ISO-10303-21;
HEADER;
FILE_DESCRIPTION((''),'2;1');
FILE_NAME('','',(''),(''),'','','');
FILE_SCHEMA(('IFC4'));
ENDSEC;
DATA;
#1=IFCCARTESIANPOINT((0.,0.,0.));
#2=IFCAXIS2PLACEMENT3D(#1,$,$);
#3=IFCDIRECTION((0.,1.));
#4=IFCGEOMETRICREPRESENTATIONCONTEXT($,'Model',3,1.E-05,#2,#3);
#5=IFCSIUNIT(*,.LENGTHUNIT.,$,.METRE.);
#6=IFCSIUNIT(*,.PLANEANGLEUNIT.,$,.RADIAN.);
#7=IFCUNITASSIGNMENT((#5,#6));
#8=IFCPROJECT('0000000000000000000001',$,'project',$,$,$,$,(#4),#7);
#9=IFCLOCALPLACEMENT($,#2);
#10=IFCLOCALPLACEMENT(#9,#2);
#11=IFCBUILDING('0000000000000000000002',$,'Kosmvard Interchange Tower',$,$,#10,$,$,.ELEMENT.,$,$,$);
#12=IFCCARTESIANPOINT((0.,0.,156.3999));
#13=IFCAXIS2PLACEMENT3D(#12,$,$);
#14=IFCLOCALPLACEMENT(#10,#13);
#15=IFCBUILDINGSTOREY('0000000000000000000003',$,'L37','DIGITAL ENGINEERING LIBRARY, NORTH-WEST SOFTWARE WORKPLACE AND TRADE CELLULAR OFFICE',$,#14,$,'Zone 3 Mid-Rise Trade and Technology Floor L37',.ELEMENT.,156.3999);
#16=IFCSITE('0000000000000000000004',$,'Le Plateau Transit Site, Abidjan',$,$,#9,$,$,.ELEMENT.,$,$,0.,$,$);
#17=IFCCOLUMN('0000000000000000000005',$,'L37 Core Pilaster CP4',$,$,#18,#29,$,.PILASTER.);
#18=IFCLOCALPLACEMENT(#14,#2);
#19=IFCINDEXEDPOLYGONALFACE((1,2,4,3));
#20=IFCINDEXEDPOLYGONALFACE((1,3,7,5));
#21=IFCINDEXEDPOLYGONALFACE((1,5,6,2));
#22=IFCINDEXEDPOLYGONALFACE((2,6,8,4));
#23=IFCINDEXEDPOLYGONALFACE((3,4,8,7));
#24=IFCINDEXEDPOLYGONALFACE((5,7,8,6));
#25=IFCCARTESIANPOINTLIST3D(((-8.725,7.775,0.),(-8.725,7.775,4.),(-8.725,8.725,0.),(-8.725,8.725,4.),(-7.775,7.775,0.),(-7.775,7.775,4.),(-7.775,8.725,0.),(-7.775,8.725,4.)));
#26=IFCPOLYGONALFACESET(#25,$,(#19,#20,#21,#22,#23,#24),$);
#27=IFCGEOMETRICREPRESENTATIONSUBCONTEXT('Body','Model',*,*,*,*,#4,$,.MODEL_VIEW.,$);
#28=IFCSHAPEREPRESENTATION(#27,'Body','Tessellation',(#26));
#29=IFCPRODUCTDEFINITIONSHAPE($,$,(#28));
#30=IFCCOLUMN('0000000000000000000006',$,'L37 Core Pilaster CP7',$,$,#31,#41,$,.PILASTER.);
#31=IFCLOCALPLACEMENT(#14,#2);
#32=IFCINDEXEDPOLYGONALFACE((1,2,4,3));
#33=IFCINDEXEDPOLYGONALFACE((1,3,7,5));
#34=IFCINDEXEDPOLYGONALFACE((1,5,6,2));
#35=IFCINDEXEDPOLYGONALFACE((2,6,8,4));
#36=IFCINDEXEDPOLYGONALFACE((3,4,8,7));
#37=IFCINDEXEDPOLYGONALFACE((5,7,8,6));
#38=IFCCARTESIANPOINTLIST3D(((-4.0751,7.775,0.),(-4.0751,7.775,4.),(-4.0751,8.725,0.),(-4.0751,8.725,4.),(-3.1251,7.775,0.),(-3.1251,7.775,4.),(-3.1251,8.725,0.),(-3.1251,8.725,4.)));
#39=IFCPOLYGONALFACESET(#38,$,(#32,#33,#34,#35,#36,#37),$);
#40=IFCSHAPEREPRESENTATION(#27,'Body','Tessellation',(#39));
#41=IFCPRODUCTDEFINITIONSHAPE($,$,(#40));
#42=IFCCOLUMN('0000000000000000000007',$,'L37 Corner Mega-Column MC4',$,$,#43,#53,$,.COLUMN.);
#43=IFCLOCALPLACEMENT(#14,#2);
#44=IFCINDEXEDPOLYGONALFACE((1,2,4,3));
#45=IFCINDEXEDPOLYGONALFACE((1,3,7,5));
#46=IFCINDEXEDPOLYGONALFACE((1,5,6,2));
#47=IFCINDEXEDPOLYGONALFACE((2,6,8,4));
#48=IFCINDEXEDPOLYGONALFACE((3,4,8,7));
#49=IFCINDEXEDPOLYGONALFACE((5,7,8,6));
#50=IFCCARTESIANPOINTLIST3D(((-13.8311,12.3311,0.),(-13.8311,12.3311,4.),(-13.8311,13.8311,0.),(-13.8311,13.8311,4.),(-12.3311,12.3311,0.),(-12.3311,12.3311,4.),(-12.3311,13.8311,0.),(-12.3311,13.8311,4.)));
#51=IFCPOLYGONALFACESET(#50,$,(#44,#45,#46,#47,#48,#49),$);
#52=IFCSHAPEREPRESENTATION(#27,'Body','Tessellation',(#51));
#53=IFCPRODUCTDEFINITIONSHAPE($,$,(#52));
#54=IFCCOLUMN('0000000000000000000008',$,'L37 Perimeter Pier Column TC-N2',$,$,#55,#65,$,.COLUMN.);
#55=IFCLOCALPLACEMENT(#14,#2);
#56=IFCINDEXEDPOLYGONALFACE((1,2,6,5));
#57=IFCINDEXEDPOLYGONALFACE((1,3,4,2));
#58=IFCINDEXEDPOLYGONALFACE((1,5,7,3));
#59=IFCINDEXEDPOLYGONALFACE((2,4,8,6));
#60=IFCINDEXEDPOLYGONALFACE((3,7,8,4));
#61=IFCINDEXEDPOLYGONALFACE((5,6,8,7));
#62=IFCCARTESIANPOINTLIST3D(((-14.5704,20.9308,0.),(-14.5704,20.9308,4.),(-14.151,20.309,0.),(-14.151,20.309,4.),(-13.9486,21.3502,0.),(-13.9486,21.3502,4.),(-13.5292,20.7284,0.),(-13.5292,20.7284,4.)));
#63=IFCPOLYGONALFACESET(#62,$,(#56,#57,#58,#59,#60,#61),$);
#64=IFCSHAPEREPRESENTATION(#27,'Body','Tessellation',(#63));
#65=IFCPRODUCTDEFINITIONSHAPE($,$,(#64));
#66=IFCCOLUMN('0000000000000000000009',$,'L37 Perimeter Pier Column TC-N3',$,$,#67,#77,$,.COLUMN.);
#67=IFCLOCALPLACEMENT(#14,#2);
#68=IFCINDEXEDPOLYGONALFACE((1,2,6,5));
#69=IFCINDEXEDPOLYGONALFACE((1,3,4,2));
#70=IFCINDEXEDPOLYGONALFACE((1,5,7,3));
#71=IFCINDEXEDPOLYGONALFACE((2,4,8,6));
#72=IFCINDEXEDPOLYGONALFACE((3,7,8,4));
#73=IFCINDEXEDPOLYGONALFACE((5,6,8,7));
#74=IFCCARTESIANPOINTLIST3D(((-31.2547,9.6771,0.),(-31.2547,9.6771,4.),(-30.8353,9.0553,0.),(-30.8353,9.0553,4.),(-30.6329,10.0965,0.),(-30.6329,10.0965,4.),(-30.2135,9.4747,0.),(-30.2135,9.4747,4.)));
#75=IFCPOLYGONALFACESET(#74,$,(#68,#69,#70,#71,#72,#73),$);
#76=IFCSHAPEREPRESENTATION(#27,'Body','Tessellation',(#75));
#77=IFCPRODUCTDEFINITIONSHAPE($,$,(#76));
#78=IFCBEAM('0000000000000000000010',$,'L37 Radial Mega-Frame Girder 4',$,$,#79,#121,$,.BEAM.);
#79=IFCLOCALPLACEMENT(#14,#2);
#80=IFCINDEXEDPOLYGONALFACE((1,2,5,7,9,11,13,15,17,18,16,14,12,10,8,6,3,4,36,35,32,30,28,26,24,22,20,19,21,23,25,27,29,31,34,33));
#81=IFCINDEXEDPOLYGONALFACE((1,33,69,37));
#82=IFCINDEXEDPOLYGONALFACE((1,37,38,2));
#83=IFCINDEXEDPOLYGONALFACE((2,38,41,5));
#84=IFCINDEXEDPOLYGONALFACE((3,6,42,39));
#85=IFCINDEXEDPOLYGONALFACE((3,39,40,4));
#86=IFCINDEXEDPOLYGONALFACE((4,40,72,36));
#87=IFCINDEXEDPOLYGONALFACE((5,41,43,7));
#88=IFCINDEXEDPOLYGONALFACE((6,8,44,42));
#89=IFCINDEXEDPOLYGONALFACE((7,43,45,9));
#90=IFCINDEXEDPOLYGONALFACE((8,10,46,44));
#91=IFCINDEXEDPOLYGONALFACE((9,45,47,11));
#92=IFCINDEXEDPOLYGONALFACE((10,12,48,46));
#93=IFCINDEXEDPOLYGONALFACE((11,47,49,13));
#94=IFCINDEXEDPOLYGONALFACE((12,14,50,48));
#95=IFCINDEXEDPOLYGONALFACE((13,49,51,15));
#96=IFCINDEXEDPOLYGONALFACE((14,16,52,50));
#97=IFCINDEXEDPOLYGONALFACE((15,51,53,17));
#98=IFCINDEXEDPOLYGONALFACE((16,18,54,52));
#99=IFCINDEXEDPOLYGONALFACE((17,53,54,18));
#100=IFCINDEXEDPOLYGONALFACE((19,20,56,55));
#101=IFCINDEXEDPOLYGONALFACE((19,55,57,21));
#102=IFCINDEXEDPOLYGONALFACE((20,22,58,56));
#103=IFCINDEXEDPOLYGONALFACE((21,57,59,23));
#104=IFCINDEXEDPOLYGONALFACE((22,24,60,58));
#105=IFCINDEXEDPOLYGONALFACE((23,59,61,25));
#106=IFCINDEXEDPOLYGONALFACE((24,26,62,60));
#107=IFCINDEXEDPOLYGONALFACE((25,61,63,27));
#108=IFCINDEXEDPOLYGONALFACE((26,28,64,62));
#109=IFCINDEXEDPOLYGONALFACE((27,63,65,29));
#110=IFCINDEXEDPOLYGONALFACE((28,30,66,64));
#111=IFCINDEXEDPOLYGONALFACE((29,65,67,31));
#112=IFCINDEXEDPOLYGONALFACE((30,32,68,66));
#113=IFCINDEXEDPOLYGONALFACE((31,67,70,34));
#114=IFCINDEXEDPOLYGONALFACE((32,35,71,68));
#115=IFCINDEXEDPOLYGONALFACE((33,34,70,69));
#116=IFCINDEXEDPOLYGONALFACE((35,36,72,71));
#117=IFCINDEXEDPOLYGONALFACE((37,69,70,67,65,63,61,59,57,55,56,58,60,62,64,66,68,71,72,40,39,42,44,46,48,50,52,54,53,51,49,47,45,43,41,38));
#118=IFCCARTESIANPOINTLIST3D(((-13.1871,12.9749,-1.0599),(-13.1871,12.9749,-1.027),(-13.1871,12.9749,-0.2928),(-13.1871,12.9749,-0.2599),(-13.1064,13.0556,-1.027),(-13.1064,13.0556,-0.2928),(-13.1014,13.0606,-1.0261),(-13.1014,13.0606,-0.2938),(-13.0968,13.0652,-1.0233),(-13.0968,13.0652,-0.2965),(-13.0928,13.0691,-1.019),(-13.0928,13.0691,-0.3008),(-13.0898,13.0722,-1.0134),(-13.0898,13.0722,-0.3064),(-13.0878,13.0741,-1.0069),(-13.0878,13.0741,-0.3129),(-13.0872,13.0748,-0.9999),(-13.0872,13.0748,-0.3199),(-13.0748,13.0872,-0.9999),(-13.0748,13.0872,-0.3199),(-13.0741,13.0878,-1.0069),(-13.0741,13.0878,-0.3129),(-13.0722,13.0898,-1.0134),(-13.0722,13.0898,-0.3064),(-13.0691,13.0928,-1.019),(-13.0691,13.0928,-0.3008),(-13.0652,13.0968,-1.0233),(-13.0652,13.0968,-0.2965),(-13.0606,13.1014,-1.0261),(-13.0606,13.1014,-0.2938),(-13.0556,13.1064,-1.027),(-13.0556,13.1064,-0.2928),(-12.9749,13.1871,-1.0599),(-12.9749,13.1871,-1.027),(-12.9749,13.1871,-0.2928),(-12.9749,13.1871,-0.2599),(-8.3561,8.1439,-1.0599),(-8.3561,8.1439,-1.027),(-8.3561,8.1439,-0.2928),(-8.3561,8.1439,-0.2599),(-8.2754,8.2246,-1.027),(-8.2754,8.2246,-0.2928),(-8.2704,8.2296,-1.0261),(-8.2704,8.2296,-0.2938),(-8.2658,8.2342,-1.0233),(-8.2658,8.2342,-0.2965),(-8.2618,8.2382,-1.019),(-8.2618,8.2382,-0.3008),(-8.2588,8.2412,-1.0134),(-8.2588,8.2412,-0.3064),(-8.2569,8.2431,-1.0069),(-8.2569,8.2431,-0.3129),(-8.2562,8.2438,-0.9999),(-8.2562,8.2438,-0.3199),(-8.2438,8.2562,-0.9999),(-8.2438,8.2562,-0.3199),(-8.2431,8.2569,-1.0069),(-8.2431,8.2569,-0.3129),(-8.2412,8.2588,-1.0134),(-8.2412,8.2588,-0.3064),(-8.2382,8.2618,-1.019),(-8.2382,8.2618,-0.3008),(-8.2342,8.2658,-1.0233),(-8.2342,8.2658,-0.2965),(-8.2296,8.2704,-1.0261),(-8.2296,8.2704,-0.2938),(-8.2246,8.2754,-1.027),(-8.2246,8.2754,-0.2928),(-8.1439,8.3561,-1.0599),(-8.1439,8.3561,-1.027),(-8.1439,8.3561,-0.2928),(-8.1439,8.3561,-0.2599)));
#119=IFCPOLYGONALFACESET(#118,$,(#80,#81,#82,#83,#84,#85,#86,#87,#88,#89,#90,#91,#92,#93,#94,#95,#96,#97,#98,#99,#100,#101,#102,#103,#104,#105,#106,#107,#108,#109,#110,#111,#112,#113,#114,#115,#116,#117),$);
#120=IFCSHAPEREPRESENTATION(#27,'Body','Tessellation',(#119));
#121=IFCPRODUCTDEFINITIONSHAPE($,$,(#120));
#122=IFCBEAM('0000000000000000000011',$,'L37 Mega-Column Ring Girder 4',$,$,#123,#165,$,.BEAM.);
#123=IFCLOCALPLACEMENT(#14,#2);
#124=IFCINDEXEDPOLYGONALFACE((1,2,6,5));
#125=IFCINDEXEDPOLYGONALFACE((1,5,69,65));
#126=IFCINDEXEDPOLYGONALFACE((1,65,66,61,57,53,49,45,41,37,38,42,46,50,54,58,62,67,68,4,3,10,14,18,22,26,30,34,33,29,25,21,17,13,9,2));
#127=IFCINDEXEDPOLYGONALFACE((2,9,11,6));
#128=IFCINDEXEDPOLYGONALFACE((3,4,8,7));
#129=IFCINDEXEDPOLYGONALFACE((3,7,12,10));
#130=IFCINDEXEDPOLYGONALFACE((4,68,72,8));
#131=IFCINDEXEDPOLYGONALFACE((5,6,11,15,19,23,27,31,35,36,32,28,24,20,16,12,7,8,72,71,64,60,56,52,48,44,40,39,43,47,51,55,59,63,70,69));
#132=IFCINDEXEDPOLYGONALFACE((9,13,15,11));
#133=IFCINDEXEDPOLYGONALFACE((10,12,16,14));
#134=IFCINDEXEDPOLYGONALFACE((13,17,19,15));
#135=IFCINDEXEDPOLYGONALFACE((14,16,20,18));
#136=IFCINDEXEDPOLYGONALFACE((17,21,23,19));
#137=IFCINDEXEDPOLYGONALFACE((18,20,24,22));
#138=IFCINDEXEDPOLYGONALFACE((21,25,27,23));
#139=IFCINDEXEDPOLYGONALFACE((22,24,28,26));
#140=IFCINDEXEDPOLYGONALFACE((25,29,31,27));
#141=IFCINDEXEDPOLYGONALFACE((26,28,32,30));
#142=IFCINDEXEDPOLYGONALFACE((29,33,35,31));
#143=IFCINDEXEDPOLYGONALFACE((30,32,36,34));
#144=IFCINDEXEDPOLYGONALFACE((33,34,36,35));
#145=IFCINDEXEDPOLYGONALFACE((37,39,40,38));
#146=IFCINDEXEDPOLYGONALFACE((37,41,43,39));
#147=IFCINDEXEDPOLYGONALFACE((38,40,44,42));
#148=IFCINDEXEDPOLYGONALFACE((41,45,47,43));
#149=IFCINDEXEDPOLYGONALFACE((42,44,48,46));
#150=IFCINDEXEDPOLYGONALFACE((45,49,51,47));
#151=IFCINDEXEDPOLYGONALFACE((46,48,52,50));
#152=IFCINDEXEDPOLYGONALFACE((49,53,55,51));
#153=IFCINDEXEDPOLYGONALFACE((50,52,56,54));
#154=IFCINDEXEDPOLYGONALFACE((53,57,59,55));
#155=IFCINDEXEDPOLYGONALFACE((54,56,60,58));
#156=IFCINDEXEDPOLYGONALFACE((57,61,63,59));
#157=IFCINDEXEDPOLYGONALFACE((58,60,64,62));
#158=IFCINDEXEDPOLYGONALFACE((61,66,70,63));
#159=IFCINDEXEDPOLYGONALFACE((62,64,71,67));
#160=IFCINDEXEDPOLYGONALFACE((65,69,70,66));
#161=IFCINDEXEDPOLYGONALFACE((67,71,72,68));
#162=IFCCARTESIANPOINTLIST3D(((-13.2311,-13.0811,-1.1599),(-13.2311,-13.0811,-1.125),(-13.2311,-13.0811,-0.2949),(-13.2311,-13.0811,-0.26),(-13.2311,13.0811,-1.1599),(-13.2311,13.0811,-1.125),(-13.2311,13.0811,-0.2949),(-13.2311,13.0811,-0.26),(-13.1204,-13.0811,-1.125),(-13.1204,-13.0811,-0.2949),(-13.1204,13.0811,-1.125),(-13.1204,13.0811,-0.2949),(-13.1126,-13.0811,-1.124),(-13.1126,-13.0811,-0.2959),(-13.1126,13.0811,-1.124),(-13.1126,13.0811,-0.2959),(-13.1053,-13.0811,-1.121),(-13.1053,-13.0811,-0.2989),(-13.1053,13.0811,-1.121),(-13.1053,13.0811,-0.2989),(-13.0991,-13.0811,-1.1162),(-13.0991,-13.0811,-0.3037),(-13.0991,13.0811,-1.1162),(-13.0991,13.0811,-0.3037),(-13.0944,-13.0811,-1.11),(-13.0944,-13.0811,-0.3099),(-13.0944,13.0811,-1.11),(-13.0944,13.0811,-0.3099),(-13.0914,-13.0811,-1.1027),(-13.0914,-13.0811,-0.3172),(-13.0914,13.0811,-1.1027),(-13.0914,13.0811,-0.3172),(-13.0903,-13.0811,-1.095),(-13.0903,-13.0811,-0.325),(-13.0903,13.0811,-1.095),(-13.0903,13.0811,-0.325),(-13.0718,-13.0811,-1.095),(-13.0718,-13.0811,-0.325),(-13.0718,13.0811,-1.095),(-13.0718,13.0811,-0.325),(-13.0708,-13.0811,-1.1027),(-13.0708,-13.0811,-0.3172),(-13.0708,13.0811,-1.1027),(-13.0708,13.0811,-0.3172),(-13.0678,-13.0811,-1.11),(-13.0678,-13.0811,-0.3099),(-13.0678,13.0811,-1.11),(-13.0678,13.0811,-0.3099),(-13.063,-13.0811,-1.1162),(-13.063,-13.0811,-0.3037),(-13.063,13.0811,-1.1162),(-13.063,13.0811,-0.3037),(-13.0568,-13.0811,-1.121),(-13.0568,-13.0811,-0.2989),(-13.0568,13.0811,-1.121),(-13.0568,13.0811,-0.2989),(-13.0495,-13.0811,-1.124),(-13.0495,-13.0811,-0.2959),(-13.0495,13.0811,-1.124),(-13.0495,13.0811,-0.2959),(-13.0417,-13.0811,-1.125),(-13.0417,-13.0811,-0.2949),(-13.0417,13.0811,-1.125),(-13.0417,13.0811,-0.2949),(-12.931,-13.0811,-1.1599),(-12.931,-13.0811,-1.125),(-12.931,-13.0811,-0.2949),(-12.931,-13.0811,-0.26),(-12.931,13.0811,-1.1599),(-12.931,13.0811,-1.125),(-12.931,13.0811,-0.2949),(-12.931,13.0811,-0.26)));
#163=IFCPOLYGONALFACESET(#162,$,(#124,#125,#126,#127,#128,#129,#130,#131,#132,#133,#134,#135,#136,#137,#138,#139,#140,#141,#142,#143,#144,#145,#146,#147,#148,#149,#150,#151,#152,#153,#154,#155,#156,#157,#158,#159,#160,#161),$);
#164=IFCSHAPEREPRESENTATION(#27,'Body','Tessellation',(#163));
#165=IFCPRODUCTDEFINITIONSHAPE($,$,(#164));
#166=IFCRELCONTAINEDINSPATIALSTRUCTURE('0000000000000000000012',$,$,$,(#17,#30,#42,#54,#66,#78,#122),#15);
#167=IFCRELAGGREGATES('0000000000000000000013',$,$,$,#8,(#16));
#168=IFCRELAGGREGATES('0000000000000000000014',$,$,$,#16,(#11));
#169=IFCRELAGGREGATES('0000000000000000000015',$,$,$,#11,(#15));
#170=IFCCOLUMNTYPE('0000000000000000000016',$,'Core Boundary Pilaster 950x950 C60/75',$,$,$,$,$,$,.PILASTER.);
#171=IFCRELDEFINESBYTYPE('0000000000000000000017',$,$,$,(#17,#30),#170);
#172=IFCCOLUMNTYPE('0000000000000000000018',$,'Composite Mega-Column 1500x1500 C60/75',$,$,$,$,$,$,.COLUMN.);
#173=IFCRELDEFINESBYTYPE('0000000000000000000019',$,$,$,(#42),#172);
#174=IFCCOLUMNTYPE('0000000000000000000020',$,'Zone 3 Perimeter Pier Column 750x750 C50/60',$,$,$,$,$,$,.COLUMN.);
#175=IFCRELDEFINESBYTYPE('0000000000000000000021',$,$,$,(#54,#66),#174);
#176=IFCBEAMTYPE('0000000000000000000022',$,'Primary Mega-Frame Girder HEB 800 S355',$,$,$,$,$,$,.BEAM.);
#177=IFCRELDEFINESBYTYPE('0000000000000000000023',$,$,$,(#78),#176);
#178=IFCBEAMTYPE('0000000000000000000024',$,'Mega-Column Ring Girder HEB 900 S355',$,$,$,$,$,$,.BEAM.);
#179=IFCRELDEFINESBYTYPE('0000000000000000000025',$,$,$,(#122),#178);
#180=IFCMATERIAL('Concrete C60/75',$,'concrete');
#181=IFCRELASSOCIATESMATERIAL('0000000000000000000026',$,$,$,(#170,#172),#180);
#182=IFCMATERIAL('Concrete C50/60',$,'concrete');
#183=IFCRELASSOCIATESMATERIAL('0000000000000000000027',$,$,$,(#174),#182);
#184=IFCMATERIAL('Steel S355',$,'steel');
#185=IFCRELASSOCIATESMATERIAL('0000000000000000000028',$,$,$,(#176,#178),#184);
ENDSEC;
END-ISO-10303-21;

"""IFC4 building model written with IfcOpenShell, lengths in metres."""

from ifc_helpers import new_model, si_unit, direction, frame, origin, origin_2d, place, context, subcontext, project, spatial, rectangle, i_section, extrude, source, transform, mapped, material, material_profile, profile_set, type_object, element, save


model = new_model("IFC4")

# Units and contexts
model_context = context("Model", 3, precision=1e-05, world=origin(), true_north=direction((0.0, 1.0)))
body_context = subcontext(model_context, "Body", "Model", "MODEL_VIEW")
ifc_project = project(units=[si_unit("LENGTHUNIT", "METRE"), si_unit("PLANEANGLEUNIT", "RADIAN")], contexts=[model_context])

# Site, building, storey
site_placement = place(None, origin())
site = spatial("IfcSite", under=ifc_project, at=site_placement, Name="Le Plateau Transit Site, Abidjan", CompositionType="ELEMENT", RefElevation=0.0)
building_placement = place(site_placement, origin())
building = spatial("IfcBuilding", under=site, at=building_placement, Name="Kosmvard Interchange Tower", CompositionType="ELEMENT")
storey_placement = place(building_placement, frame((0.0, 0.0, 156.3999)))
storey = spatial("IfcBuildingStorey", under=building, at=storey_placement, Name="L37", Description="DIGITAL ENGINEERING LIBRARY, NORTH-WEST SOFTWARE WORKPLACE AND TRADE CELLULAR OFFICE", LongName="Zone 3 Mid-Rise Trade and Technology Floor L37", CompositionType="ELEMENT", Elevation=156.3999)

# Columns
ifc_material_1 = material(Name="Concrete C60/75", Category="concrete")
ifc_material_profile_1 = material_profile(ifc_material_1, rectangle(XDim=0.95, YDim=0.95, at=origin_2d()), Name="CP 950x950")
ifc_profile_set_1 = profile_set([ifc_material_profile_1], Name="Concrete C60/75")
column_type_1 = type_object("IfcColumnType", Name="Core Boundary Pilaster 950x950 C60/75", PredefinedType="PILASTER", material=ifc_profile_set_1)
shared_shape_1 = source(origin(), body_context, "Body", "SweptSolid", [
    extrude(rectangle(XDim=0.95, YDim=0.95, at=origin_2d()), origin(), (0.0, 0.0, 1.0), 4.0),
])
for number, where, z_axis, x_axis, name in (
    (1, (-8.25, 8.25, 0.0), (0.0, 0.0, 1.0), (1.0, 0.0, 0.0), "L37 Core Pilaster CP4"),
    (2, (-3.6001, 8.25, 0.0), (0.0, 0.0, 1.0), (1.0, 0.0, 0.0), "L37 Core Pilaster CP7"),
):
    element("IfcColumn", number, at=place(storey_placement, frame(where, z_axis=z_axis, x_axis=x_axis)), inside=storey, type_object=column_type_1, Name=name, PredefinedType="PILASTER", context=body_context, shape_type="MappedRepresentation", body=[
        mapped(shared_shape_1, transform((0.0, 0.0, 0.0), scale=1.0)),
    ])
ifc_material_profile_2 = material_profile(ifc_material_1, rectangle(XDim=1.5, YDim=1.5, at=origin_2d()), Name="MC 1500x1500")
ifc_profile_set_2 = profile_set([ifc_material_profile_2], Name="Concrete C60/75")
column_type_2 = type_object("IfcColumnType", Name="Composite Mega-Column 1500x1500 C60/75", PredefinedType="COLUMN", material=ifc_profile_set_2)
shared_shape_2 = source(origin(), body_context, "Body", "SweptSolid", [
    extrude(rectangle(XDim=1.5, YDim=1.5, at=origin_2d()), origin(), (0.0, 0.0, 1.0), 4.0),
])
column_placement = place(storey_placement, frame((-13.0811, 13.0811, 0.0), z_axis=(0.0, 0.0, 1.0), x_axis=(1.0, 0.0, 0.0)))
element("IfcColumn", 3, at=column_placement, inside=storey, type_object=column_type_2, Name="L37 Corner Mega-Column MC4", PredefinedType="COLUMN", context=body_context, shape_type="MappedRepresentation", body=[
    mapped(shared_shape_2, transform((0.0, 0.0, 0.0), scale=1.0)),
])
ifc_material_2 = material(Name="Concrete C50/60", Category="concrete")
ifc_material_profile_3 = material_profile(ifc_material_2, rectangle(XDim=0.75, YDim=0.75, at=origin_2d()), Name="TC 750x750")
ifc_profile_set_3 = profile_set([ifc_material_profile_3], Name="Concrete C50/60")
column_type_3 = type_object("IfcColumnType", Name="Zone 3 Perimeter Pier Column 750x750 C50/60", PredefinedType="COLUMN", material=ifc_profile_set_3)
shared_shape_3 = source(origin(), body_context, "Body", "SweptSolid", [
    extrude(rectangle(XDim=0.75, YDim=0.75, at=origin_2d()), origin(), (0.0, 0.0, 1.0), 4.0),
])
for number, where, z_axis, x_axis, name in (
    (4, (-14.0498, 20.8296, 0.0), (0.0, 0.0, 1.0), (0.829038, 0.559193, 0.0), "L37 Perimeter Pier Column TC-N2"),
    (5, (-30.7341, 9.5759, 0.0), (0.0, 0.0, 1.0), (0.829038, 0.559193, 0.0), "L37 Perimeter Pier Column TC-N3"),
):
    element("IfcColumn", number, at=place(storey_placement, frame(where, z_axis=z_axis, x_axis=x_axis)), inside=storey, type_object=column_type_3, Name=name, PredefinedType="COLUMN", context=body_context, shape_type="MappedRepresentation", body=[
        mapped(shared_shape_3, transform((0.0, 0.0, 0.0), scale=1.0)),
    ])

# Beams
ifc_material_3 = material(Name="Steel S355", Category="steel")
ifc_material_profile_4 = material_profile(ifc_material_3, i_section(OverallWidth=0.3, OverallDepth=0.8, WebThickness=0.0176, FlangeThickness=0.033, FilletRadius=0.0271, at=origin_2d()), Name="HEB 800")
ifc_profile_set_4 = profile_set([ifc_material_profile_4], Name="Steel S355")
beam_type_1 = type_object("IfcBeamType", Name="Primary Mega-Frame Girder HEB 800 S355", PredefinedType="BEAM", material=ifc_profile_set_4)
shared_shape_4 = source(origin(), body_context, "Body", "SweptSolid", [
    extrude(i_section(OverallWidth=0.3, OverallDepth=0.8, WebThickness=0.0176, FlangeThickness=0.033, FilletRadius=0.0271, at=origin_2d()), origin(), (0.0, 0.0, 1.0), 6.832),
])
beam_1_placement = place(storey_placement, frame((-8.25, 8.25, -0.6599), z_axis=(-0.707107, 0.707107, 0.0), x_axis=(-0.707107, -0.707107, 0.0)))
element("IfcBeam", 6, at=beam_1_placement, inside=storey, type_object=beam_type_1, Name="L37 Radial Mega-Frame Girder 4", PredefinedType="BEAM", context=body_context, shape_type="MappedRepresentation", body=[
    mapped(shared_shape_4, transform((0.0, 0.0, 0.0), scale=1.0)),
])
ifc_material_profile_5 = material_profile(ifc_material_3, i_section(OverallWidth=0.3, OverallDepth=0.8999, WebThickness=0.0186, FlangeThickness=0.0349, FilletRadius=0.03, at=origin_2d()), Name="HEB 900")
ifc_profile_set_5 = profile_set([ifc_material_profile_5], Name="Steel S355")
beam_type_2 = type_object("IfcBeamType", Name="Mega-Column Ring Girder HEB 900 S355", PredefinedType="BEAM", material=ifc_profile_set_5)
shared_shape_5 = source(origin(), body_context, "Body", "SweptSolid", [
    extrude(i_section(OverallWidth=0.3, OverallDepth=0.8999, WebThickness=0.0186, FlangeThickness=0.0349, FilletRadius=0.03, at=origin_2d()), origin(), (0.0, 0.0, 1.0), 26.1621),
])
beam_2_placement = place(storey_placement, frame((-13.0811, 13.0811, -0.71), z_axis=(0.0, -1.0, 0.0), x_axis=(1.0, 0.0, 0.0)))
element("IfcBeam", 7, at=beam_2_placement, inside=storey, type_object=beam_type_2, Name="L37 Mega-Column Ring Girder 4", PredefinedType="BEAM", context=body_context, shape_type="MappedRepresentation", body=[
    mapped(shared_shape_5, transform((0.0, 0.0, 0.0), scale=1.0)),
])

save(model, "model.ifc")
